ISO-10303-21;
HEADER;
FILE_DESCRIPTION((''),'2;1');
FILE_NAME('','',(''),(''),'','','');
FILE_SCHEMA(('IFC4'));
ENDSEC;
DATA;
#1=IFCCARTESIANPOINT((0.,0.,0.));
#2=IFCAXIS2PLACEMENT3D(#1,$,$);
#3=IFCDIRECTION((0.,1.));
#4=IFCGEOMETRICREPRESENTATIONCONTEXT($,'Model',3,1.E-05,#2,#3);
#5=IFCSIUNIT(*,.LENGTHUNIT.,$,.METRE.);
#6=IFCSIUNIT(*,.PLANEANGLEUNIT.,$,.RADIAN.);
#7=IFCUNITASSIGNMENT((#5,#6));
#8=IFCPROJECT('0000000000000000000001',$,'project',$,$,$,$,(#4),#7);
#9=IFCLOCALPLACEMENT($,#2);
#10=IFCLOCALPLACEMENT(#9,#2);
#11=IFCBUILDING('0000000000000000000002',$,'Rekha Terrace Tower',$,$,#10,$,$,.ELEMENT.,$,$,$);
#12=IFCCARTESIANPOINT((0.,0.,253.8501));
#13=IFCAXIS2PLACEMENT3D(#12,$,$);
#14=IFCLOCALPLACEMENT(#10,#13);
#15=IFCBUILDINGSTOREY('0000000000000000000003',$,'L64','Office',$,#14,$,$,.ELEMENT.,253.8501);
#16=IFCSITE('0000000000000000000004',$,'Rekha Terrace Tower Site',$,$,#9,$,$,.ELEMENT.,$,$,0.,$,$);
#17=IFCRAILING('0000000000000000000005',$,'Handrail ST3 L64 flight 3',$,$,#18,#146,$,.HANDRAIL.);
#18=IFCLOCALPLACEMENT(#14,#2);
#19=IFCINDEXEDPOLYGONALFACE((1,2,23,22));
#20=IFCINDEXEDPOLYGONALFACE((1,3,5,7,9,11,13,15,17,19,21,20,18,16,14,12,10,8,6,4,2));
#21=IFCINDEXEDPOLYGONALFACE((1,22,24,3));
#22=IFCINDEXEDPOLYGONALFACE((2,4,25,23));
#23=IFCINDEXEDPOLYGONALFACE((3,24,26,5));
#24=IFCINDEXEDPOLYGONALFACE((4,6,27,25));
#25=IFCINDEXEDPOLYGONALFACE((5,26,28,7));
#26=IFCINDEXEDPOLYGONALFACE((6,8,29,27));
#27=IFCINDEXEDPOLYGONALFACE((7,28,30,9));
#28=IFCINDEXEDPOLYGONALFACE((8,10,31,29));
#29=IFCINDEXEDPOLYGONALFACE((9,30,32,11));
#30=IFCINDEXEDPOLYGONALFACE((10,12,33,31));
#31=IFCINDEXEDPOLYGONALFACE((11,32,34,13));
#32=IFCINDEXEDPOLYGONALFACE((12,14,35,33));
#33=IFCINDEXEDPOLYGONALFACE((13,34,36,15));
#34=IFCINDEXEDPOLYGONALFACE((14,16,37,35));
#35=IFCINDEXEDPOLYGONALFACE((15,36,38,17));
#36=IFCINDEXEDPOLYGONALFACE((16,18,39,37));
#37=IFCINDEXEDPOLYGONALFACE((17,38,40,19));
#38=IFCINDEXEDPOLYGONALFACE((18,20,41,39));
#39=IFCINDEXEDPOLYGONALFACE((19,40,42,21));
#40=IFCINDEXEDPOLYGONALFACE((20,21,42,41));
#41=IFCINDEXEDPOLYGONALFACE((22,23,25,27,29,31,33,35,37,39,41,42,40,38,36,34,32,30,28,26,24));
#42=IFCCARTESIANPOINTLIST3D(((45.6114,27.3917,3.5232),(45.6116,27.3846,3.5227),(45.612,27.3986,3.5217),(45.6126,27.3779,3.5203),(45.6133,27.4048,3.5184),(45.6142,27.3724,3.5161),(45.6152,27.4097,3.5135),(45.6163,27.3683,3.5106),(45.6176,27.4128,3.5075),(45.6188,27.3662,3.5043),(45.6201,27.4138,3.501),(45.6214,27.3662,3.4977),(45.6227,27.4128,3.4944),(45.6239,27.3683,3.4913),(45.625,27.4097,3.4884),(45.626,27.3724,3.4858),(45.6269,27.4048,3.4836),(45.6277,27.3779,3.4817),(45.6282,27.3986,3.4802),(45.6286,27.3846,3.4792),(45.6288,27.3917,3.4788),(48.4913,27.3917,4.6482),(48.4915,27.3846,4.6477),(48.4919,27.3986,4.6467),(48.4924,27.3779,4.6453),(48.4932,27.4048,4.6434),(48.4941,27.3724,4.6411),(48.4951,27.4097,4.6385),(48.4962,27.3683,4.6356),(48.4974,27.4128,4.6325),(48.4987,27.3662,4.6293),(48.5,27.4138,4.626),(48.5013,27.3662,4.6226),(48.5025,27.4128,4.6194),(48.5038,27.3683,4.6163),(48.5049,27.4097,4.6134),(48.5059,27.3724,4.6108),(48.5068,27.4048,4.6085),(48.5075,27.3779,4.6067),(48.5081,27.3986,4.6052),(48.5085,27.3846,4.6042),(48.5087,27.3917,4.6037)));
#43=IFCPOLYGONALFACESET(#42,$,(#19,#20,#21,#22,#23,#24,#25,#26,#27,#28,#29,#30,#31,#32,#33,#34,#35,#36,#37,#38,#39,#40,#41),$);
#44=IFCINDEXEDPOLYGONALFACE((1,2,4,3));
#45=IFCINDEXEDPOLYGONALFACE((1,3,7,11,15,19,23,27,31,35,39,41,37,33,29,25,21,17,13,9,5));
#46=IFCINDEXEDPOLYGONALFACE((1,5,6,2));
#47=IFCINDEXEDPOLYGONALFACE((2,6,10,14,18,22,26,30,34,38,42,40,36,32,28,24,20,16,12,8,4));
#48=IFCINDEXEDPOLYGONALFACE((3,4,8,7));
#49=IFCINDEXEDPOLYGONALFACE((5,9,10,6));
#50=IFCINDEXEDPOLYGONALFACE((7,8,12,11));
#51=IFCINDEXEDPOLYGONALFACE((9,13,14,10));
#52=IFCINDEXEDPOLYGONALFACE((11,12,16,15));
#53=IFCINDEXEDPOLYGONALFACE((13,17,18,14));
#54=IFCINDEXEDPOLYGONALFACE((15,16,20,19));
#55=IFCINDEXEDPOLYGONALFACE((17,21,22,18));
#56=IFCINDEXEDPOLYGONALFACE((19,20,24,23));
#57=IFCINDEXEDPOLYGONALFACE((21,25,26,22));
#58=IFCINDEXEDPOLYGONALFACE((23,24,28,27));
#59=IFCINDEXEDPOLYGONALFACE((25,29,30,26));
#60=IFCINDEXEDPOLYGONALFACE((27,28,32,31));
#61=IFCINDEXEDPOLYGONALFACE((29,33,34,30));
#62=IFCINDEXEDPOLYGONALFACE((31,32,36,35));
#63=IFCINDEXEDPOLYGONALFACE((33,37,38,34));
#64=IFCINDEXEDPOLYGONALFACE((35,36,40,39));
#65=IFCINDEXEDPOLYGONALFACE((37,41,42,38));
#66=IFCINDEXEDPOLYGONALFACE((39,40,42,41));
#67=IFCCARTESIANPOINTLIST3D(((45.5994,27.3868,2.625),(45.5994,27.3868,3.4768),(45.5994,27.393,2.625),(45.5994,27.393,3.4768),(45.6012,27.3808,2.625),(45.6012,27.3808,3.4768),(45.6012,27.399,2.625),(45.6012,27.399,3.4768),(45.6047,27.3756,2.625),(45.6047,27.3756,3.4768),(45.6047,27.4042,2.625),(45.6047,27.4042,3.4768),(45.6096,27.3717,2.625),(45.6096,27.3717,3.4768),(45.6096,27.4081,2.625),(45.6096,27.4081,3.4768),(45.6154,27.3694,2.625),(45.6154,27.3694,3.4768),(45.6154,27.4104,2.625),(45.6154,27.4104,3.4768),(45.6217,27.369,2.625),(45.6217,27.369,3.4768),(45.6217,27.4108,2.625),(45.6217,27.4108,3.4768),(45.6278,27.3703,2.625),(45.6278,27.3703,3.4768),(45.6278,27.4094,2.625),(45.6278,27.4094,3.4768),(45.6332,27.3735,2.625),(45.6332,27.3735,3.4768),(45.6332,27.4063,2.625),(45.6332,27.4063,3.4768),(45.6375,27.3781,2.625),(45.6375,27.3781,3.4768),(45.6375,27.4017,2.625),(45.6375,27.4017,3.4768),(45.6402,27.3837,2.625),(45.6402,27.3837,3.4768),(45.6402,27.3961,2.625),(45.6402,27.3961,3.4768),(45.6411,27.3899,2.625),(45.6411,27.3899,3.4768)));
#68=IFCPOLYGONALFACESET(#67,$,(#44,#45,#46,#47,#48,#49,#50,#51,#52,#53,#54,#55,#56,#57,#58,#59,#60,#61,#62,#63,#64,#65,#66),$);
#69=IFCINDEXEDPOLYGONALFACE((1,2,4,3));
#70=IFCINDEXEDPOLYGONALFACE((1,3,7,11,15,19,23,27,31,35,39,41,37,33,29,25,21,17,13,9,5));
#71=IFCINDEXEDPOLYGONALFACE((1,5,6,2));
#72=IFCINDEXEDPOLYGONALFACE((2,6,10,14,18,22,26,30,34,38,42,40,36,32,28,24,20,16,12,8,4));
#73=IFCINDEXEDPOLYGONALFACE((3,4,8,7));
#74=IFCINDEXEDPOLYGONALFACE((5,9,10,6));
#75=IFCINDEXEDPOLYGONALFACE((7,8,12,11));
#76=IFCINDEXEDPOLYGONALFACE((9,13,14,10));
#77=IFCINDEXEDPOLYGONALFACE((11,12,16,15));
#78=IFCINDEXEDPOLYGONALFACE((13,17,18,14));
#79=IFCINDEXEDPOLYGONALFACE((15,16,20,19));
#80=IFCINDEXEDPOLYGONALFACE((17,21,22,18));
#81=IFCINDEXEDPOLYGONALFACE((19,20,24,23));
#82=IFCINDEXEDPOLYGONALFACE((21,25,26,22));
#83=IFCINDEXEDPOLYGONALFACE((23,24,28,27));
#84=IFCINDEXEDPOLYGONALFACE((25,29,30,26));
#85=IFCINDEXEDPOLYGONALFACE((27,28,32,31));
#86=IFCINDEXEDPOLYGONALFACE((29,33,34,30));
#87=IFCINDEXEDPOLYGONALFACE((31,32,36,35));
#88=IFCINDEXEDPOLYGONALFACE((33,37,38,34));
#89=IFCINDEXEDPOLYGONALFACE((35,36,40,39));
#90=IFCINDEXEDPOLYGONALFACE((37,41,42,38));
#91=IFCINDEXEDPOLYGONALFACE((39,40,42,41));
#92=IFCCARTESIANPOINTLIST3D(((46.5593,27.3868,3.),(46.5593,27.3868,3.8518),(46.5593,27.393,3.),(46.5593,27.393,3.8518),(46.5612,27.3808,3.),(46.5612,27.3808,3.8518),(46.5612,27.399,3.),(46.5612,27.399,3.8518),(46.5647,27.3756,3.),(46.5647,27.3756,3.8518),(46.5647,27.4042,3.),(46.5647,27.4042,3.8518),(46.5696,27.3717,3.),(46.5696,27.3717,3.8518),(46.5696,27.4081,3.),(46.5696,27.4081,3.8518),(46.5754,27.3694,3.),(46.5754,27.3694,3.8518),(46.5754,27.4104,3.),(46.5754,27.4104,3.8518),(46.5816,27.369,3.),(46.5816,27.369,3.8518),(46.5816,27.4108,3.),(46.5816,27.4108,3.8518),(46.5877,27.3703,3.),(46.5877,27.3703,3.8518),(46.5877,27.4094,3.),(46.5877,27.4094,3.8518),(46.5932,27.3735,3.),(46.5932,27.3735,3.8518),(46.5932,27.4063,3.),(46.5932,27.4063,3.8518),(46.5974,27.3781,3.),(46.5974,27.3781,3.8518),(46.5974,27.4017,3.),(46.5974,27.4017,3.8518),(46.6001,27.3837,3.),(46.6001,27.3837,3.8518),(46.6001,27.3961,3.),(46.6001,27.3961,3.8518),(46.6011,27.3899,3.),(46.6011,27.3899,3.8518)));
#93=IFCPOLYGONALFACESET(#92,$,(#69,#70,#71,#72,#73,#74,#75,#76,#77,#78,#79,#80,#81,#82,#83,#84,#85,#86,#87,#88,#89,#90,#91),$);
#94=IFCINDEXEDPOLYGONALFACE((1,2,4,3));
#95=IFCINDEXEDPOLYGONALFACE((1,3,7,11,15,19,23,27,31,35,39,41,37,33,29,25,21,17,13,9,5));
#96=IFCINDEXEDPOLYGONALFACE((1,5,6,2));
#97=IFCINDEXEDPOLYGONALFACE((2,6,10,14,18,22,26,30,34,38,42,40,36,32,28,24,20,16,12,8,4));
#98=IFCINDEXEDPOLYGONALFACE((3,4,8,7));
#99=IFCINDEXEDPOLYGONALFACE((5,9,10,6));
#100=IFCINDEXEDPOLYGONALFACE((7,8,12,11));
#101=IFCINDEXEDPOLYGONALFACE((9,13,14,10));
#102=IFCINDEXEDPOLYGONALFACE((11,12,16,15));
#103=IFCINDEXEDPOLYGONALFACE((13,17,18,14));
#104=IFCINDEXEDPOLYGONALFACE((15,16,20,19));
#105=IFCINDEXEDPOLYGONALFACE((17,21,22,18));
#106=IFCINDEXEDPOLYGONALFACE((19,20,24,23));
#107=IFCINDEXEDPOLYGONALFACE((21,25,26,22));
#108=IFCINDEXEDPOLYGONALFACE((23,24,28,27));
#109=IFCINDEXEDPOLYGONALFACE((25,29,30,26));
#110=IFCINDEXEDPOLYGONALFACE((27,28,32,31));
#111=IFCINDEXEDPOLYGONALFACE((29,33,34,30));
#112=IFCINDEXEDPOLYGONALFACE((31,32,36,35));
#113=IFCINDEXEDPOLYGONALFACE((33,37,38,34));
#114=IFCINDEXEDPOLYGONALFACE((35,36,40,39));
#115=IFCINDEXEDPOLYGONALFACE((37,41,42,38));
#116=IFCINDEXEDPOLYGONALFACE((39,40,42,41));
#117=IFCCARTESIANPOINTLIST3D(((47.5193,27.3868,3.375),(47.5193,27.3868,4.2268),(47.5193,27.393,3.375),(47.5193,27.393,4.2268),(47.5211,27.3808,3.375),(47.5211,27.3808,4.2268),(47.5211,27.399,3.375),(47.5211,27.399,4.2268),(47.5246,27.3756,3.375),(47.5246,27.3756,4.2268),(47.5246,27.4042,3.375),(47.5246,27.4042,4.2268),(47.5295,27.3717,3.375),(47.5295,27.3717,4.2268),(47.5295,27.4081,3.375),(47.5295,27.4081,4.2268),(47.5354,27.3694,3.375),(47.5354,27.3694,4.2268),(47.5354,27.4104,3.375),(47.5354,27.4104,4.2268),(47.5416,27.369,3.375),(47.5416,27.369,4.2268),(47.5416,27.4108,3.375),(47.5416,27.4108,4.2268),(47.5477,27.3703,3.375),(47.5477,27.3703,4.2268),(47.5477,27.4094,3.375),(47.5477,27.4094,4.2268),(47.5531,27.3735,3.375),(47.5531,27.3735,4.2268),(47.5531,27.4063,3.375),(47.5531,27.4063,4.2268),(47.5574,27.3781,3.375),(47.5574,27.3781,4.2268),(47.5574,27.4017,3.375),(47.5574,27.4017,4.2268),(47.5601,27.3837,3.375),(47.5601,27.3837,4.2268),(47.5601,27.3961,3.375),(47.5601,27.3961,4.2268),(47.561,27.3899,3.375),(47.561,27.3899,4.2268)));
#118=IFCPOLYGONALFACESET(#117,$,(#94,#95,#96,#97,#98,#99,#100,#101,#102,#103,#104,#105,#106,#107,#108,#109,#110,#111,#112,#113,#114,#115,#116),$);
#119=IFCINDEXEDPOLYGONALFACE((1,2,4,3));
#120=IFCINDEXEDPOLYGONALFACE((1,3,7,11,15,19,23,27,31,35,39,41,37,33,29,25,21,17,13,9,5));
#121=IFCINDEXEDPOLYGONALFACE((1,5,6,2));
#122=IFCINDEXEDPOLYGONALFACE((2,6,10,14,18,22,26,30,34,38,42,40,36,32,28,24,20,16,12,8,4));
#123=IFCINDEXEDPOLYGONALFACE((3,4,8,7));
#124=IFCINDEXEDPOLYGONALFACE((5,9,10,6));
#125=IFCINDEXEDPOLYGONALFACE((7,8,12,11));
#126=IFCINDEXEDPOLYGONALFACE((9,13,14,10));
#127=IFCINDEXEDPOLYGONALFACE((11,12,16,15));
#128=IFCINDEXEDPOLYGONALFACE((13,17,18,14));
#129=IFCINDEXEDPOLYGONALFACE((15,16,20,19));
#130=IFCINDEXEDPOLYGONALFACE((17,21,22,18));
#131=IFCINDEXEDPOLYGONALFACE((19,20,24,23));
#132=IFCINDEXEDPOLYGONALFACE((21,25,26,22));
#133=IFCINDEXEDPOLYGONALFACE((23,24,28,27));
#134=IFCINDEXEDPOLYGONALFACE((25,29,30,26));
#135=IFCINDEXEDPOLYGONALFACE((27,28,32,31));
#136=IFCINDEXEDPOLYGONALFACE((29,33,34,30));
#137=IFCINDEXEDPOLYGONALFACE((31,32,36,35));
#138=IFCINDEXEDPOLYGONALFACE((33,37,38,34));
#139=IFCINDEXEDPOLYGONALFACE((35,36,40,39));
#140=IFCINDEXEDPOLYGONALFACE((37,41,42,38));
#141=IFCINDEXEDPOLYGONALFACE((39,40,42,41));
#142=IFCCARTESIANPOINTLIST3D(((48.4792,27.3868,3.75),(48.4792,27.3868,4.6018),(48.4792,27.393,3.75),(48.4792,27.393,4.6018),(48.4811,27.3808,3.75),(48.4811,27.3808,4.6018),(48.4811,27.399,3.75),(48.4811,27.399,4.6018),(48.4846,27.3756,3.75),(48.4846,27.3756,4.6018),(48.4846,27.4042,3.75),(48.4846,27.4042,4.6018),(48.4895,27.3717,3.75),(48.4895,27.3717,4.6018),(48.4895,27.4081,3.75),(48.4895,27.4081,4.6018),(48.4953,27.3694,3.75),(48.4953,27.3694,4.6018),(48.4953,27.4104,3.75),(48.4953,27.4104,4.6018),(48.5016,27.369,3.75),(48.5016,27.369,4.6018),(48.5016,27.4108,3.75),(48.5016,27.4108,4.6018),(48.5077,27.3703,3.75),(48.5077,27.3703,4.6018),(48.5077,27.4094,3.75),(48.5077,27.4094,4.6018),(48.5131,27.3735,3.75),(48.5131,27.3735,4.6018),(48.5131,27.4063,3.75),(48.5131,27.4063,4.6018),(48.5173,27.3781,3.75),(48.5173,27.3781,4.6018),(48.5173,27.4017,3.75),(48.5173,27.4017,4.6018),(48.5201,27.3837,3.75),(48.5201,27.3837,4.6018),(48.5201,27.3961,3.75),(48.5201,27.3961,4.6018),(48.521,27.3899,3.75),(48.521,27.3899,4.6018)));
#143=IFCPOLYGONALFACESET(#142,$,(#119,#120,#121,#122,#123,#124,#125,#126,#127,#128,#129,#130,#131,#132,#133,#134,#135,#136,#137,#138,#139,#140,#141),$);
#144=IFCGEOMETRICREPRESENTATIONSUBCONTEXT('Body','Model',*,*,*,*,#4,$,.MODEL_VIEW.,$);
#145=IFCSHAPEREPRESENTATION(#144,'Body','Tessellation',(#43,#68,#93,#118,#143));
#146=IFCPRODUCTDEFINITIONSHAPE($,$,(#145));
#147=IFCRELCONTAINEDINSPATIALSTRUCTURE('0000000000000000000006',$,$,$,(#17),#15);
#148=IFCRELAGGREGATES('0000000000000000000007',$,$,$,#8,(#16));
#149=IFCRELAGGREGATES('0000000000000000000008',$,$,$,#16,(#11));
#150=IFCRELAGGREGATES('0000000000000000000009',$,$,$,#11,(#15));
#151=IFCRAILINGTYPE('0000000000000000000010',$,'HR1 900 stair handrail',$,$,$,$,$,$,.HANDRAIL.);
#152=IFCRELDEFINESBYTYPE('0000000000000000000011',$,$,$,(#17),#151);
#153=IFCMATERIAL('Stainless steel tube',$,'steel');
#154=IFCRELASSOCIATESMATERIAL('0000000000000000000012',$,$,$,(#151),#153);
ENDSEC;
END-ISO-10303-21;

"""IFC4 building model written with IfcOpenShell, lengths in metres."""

from ifc_helpers import new_model, si_unit, direction, frame, origin, origin_2d, place, context, subcontext, project, spatial, circle, extrude, material, type_object, element, save


model = new_model("IFC4")

# Units and contexts
model_context = context("Model", 3, precision=1e-05, world=origin(), true_north=direction((0.0, 1.0)))
body_context = subcontext(model_context, "Body", "Model", "MODEL_VIEW")
ifc_project = project(units=[si_unit("LENGTHUNIT", "METRE"), si_unit("PLANEANGLEUNIT", "RADIAN")], contexts=[model_context])

# Site, building, storey
site_placement = place(None, origin())
site = spatial("IfcSite", under=ifc_project, at=site_placement, Name="Rekha Terrace Tower Site", CompositionType="ELEMENT", RefElevation=0.0)
building_placement = place(site_placement, origin())
building = spatial("IfcBuilding", under=site, at=building_placement, Name="Rekha Terrace Tower", CompositionType="ELEMENT")
storey_placement = place(building_placement, frame((0.0, 0.0, 253.8501)))
storey = spatial("IfcBuildingStorey", under=building, at=storey_placement, Name="L64", Description="Office", CompositionType="ELEMENT", Elevation=253.8501)

# Railing
ifc_material_1 = material(Name="Stainless steel tube", Category="steel")
railing_type_1 = type_object("IfcRailingType", Name="HR1 900 stair handrail", PredefinedType="HANDRAIL", material=ifc_material_1)
railing_1_placement = place(storey_placement, frame((45.6201, 27.3899, 2.625)))
element("IfcRailing", 1, at=railing_1_placement, inside=storey, type_object=railing_type_1, Name="Handrail ST3 L64 flight 3", PredefinedType="HANDRAIL", context=body_context, shape_type="SweptSolid", body=[
    extrude(circle(Radius=0.0239, at=origin_2d()), frame((0.0, 0.0, 0.876), z_axis=(0.931452, 0.0, 0.363863), x_axis=(0.0, 1.0, 0.0)), (0.0, 0.0, 1.0), 3.0918),
    extrude(circle(Radius=0.021, at=origin_2d()), origin(), (0.0, 0.0, 1.0), 0.8518),
    extrude(circle(Radius=0.021, at=origin_2d()), frame((0.96, 0.0, 0.375)), (0.0, 0.0, 1.0), 0.8518),
    extrude(circle(Radius=0.021, at=origin_2d()), frame((1.9199, 0.0, 0.75)), (0.0, 0.0, 1.0), 0.8518),
    extrude(circle(Radius=0.021, at=origin_2d()), frame((2.8799, 0.0, 1.125)), (0.0, 0.0, 1.0), 0.8518),
])

save(model, "model.ifc")
